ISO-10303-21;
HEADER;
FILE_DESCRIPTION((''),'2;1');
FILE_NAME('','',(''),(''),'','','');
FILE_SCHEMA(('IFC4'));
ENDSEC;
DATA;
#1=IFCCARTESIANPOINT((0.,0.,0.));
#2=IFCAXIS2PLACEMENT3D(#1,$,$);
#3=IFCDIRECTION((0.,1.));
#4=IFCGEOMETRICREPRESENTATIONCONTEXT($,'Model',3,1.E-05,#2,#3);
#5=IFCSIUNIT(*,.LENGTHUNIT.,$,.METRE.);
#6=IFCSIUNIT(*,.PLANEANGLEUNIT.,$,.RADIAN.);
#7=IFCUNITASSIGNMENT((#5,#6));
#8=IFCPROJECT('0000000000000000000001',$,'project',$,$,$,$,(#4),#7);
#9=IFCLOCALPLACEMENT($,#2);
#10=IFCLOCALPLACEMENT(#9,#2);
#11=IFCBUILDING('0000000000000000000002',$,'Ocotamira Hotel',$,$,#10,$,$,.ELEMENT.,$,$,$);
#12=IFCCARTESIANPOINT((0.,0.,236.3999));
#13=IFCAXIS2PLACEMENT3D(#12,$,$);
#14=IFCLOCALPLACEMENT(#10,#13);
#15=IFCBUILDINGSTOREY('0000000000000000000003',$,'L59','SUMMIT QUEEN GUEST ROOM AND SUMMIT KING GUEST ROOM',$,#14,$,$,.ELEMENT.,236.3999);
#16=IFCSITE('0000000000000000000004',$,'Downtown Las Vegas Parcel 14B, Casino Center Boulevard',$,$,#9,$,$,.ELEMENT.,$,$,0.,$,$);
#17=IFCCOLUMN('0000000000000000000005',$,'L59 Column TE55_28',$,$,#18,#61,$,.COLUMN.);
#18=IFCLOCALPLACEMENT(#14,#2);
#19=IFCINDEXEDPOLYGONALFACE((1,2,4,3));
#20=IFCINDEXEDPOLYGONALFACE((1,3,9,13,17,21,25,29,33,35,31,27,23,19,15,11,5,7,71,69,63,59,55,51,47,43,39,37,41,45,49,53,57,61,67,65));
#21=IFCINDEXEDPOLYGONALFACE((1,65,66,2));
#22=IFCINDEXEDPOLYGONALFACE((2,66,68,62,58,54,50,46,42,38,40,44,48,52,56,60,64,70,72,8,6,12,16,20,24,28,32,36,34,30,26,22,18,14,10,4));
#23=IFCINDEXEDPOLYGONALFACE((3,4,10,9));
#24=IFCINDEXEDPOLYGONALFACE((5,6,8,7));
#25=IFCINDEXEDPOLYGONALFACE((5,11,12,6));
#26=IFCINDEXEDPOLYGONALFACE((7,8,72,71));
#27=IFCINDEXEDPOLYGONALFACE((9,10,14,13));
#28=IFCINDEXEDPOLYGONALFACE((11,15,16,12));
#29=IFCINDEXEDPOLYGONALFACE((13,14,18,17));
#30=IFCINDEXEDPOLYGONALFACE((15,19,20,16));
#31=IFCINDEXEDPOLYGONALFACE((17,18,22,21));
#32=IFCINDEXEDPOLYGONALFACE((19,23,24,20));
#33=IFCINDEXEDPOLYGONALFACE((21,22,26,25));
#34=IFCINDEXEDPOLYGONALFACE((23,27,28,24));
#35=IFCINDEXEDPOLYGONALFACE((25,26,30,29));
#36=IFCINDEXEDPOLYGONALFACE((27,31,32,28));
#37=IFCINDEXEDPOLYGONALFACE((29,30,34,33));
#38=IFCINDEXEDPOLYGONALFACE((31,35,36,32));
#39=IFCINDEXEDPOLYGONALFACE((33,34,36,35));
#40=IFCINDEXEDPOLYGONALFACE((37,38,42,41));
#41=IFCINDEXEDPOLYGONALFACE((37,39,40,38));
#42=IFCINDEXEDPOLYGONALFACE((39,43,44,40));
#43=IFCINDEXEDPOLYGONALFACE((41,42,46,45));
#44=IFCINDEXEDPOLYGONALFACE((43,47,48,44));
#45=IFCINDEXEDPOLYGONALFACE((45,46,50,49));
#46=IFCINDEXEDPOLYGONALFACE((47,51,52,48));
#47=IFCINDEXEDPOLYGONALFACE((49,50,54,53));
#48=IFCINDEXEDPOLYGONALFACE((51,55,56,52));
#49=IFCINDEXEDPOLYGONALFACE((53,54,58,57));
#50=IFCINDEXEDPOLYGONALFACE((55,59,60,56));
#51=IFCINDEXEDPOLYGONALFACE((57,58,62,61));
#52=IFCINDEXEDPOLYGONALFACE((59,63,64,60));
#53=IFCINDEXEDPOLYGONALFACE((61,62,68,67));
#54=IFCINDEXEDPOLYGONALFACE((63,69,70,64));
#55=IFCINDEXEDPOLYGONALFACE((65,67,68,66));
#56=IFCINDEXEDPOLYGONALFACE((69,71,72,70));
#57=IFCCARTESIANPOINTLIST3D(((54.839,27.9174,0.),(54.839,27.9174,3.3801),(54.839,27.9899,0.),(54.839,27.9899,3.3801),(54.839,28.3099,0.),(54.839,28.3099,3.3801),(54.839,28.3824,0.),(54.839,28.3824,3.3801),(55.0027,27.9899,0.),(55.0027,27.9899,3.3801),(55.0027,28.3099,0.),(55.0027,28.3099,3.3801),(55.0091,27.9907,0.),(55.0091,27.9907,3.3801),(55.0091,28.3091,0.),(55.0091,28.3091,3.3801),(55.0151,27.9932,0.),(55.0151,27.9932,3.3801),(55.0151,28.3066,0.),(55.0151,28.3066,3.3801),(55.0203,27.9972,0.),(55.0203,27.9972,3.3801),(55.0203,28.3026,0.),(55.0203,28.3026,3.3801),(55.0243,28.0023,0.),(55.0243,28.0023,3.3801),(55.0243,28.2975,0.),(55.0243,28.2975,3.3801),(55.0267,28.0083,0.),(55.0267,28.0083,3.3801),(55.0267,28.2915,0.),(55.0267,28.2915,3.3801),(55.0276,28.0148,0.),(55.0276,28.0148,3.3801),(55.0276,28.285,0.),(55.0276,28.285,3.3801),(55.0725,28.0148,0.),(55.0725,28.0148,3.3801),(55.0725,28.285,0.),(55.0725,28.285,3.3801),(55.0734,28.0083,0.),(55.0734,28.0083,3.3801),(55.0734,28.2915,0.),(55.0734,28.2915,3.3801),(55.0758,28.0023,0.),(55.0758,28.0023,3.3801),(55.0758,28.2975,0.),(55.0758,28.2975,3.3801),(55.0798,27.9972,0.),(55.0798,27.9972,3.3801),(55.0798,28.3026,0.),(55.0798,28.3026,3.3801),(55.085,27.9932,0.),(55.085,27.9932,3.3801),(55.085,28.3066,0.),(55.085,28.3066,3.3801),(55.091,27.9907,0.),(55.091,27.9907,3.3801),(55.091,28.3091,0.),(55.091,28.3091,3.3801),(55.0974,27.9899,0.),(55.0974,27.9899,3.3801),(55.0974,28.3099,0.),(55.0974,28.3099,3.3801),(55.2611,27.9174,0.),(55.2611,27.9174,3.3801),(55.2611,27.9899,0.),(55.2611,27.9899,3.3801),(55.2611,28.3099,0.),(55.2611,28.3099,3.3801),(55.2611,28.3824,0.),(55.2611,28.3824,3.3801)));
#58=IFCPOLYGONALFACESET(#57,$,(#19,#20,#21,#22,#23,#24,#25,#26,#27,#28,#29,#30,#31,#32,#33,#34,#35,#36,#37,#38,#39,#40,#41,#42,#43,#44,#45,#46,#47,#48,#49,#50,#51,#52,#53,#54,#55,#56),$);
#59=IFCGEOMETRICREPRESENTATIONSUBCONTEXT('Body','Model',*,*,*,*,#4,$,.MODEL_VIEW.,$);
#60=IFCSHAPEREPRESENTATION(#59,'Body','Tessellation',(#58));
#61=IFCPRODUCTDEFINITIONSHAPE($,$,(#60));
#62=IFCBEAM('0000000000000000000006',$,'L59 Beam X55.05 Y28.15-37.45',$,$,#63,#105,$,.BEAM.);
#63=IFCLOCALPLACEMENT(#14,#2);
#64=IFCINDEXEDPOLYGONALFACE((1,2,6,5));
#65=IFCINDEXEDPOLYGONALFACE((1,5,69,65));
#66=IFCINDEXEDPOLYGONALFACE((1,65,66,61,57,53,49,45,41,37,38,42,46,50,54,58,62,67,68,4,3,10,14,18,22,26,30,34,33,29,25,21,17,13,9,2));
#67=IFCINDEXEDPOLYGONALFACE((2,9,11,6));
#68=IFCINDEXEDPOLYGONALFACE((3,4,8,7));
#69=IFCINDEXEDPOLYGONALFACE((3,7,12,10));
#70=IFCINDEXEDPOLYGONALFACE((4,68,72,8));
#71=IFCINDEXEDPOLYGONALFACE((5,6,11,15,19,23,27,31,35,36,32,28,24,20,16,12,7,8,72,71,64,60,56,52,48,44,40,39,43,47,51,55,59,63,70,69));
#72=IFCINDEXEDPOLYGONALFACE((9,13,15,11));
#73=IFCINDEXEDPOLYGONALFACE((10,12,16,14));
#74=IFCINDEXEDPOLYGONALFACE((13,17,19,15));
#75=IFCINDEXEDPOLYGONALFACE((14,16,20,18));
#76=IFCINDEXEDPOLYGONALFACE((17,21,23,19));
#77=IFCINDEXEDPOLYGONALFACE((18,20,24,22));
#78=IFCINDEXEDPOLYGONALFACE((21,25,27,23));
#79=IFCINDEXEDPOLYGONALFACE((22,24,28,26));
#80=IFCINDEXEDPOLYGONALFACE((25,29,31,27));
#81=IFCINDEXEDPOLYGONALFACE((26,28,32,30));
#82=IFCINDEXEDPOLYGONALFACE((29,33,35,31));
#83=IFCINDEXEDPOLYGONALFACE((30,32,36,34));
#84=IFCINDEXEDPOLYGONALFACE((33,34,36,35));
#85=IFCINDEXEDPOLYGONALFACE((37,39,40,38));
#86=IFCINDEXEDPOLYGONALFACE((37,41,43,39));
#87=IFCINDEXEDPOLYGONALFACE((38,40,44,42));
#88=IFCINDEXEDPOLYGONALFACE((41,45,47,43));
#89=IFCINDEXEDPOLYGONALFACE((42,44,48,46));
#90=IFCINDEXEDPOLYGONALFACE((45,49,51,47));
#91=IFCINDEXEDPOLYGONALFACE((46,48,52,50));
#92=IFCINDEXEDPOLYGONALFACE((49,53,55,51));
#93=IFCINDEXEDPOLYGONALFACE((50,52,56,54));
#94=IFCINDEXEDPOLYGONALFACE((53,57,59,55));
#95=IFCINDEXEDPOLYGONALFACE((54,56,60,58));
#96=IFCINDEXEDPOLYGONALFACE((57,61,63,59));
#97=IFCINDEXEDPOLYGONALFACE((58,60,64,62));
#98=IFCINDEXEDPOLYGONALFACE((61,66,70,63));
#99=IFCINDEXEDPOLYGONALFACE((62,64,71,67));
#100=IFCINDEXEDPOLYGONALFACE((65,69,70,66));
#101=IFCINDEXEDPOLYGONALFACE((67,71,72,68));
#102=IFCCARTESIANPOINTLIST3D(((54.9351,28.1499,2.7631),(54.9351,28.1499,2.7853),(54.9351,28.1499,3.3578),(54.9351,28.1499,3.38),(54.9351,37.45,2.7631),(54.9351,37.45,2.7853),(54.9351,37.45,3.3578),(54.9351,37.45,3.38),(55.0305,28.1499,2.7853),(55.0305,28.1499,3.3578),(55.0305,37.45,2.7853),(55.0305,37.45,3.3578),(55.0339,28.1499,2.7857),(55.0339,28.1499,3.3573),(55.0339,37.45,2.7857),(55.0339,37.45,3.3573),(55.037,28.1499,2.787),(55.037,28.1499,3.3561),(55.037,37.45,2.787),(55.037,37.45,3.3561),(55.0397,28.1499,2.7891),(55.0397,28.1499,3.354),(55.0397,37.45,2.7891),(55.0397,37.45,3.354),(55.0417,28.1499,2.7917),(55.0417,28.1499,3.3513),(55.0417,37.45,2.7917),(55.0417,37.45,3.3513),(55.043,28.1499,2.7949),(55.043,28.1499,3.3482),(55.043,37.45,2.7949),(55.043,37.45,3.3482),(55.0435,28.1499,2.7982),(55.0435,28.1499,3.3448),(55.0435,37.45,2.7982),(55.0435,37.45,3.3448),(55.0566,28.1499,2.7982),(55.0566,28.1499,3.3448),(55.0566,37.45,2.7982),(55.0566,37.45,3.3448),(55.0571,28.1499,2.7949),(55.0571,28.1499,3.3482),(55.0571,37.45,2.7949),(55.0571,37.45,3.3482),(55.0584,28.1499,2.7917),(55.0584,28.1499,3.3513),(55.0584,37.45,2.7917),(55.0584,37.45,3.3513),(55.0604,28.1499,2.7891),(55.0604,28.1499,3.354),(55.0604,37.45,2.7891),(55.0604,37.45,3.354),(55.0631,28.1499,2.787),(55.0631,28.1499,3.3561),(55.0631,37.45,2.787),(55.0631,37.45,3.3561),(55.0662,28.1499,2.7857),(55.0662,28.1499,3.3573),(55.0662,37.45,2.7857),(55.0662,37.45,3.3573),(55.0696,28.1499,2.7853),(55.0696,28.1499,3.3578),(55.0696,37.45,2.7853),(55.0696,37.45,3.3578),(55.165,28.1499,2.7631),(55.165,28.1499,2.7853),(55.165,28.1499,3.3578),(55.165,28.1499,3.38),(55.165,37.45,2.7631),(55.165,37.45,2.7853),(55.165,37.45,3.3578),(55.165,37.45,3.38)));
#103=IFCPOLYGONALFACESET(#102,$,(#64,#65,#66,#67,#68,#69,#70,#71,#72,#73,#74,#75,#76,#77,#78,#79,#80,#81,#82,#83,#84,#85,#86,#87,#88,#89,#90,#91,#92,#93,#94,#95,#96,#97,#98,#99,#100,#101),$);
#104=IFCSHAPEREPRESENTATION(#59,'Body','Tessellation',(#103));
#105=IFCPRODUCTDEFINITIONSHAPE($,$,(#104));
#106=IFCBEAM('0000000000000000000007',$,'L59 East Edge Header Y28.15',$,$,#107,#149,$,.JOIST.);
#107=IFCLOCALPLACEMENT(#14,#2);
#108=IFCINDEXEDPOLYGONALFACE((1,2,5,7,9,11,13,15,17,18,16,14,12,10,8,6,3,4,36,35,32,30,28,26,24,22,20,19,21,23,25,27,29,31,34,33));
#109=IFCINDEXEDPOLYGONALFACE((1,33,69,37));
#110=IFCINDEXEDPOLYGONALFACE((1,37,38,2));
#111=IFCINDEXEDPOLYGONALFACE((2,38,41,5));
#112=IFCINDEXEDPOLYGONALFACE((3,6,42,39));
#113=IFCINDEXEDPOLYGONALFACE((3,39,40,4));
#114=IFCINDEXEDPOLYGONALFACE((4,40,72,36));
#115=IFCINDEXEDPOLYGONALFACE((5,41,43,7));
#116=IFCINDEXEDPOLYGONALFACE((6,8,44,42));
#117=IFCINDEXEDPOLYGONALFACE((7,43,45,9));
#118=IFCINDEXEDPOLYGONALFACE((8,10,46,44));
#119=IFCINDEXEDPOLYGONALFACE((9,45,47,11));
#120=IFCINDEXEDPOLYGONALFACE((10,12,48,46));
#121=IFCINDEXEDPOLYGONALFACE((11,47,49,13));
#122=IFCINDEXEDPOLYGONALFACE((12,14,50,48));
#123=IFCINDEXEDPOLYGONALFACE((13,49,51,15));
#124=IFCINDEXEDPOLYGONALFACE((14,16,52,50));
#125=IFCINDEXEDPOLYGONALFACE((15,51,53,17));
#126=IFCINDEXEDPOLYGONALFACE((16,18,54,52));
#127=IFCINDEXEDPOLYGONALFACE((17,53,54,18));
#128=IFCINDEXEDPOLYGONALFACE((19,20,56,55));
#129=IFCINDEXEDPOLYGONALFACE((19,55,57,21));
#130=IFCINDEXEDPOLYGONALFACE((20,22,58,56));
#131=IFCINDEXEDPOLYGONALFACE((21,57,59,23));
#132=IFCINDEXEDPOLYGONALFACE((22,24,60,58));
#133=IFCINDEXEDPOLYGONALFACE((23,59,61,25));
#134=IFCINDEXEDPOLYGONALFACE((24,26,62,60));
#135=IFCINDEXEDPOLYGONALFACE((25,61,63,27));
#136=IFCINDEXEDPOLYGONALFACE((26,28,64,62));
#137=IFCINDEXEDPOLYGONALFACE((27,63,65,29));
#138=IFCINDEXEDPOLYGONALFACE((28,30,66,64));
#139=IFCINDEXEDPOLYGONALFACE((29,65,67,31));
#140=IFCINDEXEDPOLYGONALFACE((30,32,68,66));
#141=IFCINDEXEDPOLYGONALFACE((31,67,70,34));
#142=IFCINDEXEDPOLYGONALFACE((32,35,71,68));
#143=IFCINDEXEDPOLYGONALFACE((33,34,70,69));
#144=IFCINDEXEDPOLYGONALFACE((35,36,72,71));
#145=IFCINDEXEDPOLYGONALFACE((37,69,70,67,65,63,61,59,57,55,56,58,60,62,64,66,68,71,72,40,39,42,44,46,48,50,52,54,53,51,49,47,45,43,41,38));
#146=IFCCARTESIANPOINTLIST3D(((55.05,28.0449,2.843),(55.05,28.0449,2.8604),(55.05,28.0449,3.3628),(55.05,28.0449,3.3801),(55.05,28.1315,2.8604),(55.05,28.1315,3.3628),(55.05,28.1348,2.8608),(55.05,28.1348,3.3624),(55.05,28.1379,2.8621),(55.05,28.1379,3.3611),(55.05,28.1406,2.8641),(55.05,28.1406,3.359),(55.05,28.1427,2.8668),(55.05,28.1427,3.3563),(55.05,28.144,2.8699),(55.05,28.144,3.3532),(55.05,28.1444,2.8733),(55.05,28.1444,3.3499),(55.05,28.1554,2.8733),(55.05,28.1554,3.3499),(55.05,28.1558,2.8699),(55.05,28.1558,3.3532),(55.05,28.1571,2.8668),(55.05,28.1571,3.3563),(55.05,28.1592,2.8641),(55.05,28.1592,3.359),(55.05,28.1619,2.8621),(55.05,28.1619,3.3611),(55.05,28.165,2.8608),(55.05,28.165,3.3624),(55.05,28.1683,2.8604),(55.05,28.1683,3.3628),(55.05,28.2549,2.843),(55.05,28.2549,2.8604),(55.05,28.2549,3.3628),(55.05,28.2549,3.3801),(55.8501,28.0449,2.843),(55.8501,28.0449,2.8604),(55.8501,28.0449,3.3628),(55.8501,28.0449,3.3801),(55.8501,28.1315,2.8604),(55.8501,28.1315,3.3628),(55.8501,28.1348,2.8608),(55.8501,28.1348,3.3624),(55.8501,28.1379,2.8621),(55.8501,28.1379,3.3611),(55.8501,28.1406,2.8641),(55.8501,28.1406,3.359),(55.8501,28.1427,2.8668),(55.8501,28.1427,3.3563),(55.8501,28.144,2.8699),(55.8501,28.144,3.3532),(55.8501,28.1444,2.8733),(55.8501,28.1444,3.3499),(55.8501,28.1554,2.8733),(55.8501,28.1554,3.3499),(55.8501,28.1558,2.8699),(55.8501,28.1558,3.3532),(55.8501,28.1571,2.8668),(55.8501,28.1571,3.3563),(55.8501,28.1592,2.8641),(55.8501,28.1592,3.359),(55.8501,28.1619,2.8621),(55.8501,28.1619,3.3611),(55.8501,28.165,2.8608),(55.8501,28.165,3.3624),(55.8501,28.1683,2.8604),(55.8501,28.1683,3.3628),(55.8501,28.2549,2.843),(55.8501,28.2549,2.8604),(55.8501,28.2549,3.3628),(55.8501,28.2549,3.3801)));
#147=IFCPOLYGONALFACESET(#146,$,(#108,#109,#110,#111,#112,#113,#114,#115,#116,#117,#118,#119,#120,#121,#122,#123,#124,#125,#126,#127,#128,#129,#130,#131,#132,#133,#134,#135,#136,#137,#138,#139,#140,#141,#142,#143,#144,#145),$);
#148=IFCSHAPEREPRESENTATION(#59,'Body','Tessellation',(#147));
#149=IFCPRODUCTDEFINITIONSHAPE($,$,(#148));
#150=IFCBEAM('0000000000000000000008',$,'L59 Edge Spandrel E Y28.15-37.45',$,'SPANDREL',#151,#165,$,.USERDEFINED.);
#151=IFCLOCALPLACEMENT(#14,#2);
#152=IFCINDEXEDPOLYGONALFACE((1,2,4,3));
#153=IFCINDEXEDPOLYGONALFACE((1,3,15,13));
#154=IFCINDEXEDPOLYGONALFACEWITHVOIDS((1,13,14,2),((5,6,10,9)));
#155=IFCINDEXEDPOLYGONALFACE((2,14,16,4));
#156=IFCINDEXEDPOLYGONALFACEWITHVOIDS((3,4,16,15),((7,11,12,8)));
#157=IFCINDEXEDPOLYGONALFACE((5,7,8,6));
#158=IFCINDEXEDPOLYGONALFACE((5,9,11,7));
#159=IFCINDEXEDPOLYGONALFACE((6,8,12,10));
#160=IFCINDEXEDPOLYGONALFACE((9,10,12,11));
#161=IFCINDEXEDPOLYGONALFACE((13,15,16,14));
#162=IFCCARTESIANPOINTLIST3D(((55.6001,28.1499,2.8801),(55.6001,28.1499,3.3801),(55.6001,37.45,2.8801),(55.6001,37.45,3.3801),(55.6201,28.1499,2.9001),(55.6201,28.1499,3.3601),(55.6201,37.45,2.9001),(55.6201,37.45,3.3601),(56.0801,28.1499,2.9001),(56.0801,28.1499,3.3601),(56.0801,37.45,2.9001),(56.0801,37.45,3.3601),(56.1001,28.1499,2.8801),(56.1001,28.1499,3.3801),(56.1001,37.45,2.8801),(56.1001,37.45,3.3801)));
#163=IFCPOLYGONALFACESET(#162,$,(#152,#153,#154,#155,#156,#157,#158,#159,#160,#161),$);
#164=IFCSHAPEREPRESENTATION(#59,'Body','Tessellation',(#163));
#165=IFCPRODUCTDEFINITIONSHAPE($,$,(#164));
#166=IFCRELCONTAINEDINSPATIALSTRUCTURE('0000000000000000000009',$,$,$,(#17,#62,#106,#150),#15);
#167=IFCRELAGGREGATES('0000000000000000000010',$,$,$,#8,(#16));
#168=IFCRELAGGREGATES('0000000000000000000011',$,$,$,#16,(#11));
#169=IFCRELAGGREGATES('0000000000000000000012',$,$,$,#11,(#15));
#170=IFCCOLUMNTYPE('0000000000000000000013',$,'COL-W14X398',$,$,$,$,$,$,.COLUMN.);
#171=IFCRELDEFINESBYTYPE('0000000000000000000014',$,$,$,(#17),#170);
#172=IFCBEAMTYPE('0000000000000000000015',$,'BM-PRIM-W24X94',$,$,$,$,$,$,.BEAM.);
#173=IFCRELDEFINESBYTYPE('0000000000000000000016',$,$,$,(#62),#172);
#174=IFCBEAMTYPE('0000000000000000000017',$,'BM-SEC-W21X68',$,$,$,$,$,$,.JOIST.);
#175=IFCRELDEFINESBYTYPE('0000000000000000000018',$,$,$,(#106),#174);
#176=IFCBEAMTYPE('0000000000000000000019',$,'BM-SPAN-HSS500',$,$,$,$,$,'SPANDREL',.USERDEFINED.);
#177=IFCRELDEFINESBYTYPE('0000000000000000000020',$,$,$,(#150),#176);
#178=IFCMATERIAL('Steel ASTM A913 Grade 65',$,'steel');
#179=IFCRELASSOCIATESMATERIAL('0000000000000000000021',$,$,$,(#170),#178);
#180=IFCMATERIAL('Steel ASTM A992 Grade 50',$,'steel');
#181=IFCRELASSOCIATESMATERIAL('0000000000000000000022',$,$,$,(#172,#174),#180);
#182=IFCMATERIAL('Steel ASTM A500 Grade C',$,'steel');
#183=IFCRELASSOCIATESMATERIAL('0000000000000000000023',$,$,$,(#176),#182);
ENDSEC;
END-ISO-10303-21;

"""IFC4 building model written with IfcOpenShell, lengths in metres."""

from ifc_helpers import new_model, si_unit, direction, frame, origin, origin_2d, place, context, subcontext, project, spatial, hollow_rectangle, i_section, extrude, source, transform, mapped, material, material_profile, profile_set, type_object, element, save


model = new_model("IFC4")

# Units and contexts
model_context = context("Model", 3, precision=1e-05, world=origin(), true_north=direction((0.0, 1.0)))
body_context = subcontext(model_context, "Body", "Model", "MODEL_VIEW")
ifc_project = project(units=[si_unit("LENGTHUNIT", "METRE"), si_unit("PLANEANGLEUNIT", "RADIAN")], contexts=[model_context])

# Site, building, storey
site_placement = place(None, origin())
site = spatial("IfcSite", under=ifc_project, at=site_placement, Name="Downtown Las Vegas Parcel 14B, Casino Center Boulevard", CompositionType="ELEMENT", RefElevation=0.0)
building_placement = place(site_placement, origin())
building = spatial("IfcBuilding", under=site, at=building_placement, Name="Ocotamira Hotel", CompositionType="ELEMENT")
storey_placement = place(building_placement, frame((0.0, 0.0, 236.3999)))
storey = spatial("IfcBuildingStorey", under=building, at=storey_placement, Name="L59", Description="SUMMIT QUEEN GUEST ROOM AND SUMMIT KING GUEST ROOM", CompositionType="ELEMENT", Elevation=236.3999)

# Column
ifc_material_1 = material(Name="Steel ASTM A913 Grade 65", Category="steel")
ifc_material_profile_1 = material_profile(ifc_material_1, i_section(OverallWidth=0.4221, OverallDepth=0.4651, WebThickness=0.0449, FlangeThickness=0.0725, FilletRadius=0.0249, at=origin_2d()), Name="W14X398")
ifc_profile_set_1 = profile_set([ifc_material_profile_1], Name="Steel ASTM A913 Grade 65")
column_type = type_object("IfcColumnType", Name="COL-W14X398", PredefinedType="COLUMN", material=ifc_profile_set_1)
shared_shape_1 = source(origin(), body_context, "Body", "SweptSolid", [
    extrude(i_section(OverallWidth=0.4221, OverallDepth=0.4651, WebThickness=0.0449, FlangeThickness=0.0725, FilletRadius=0.0249, at=origin_2d()), origin(), (0.0, 0.0, 1.0), 3.3801),
])
column_placement = place(storey_placement, frame((55.05, 28.1499, 0.0), z_axis=(0.0, 0.0, 1.0), x_axis=(1.0, 0.0, 0.0)))
element("IfcColumn", 1, at=column_placement, inside=storey, type_object=column_type, Name="L59 Column TE55_28", PredefinedType="COLUMN", context=body_context, shape_type="MappedRepresentation", body=[
    mapped(shared_shape_1, transform((0.0, 0.0, 0.0), scale=1.0)),
])

# Beams
ifc_material_2 = material(Name="Steel ASTM A992 Grade 50", Category="steel")
ifc_material_profile_2 = material_profile(ifc_material_2, i_section(OverallWidth=0.23, OverallDepth=0.6169, WebThickness=0.0132, FlangeThickness=0.0222, FilletRadius=0.0129, at=origin_2d()), Name="W24X94")
ifc_profile_set_2 = profile_set([ifc_material_profile_2], Name="Steel ASTM A992 Grade 50")
beam_type_1 = type_object("IfcBeamType", Name="BM-PRIM-W24X94", PredefinedType="BEAM", material=ifc_profile_set_2)
shared_shape_2 = source(origin(), body_context, "Body", "SweptSolid", [
    extrude(i_section(OverallWidth=0.23, OverallDepth=0.6169, WebThickness=0.0132, FlangeThickness=0.0222, FilletRadius=0.0129, at=origin_2d()), origin(), (0.0, 0.0, 1.0), 9.3),
])
beam_1_placement = place(storey_placement, frame((55.05, 28.1499, 3.0715), z_axis=(0.0, 1.0, 0.0), x_axis=(-1.0, 0.0, 0.0)))
element("IfcBeam", 2, at=beam_1_placement, inside=storey, type_object=beam_type_1, Name="L59 Beam X55.05 Y28.15-37.45", PredefinedType="BEAM", context=body_context, shape_type="MappedRepresentation", body=[
    mapped(shared_shape_2, transform((0.0, 0.0, 0.0), scale=1.0)),
])
ifc_material_profile_3 = material_profile(ifc_material_2, i_section(OverallWidth=0.21, OverallDepth=0.5371, WebThickness=0.011, FlangeThickness=0.0173, FilletRadius=0.0129, at=origin_2d()), Name="W21X68")
ifc_profile_set_3 = profile_set([ifc_material_profile_3], Name="Steel ASTM A992 Grade 50")
beam_type_2 = type_object("IfcBeamType", Name="BM-SEC-W21X68", PredefinedType="JOIST", material=ifc_profile_set_3)
shared_shape_3 = source(origin(), body_context, "Body", "SweptSolid", [
    extrude(i_section(OverallWidth=0.21, OverallDepth=0.5371, WebThickness=0.011, FlangeThickness=0.0173, FilletRadius=0.0129, at=origin_2d()), origin(), (0.0, 0.0, 1.0), 0.8),
])
beam_2_placement = place(storey_placement, frame((55.05, 28.1499, 3.1116), z_axis=(1.0, 0.0, 0.0), x_axis=(0.0, 1.0, 0.0)))
element("IfcBeam", 3, at=beam_2_placement, inside=storey, type_object=beam_type_2, Name="L59 East Edge Header Y28.15", PredefinedType="JOIST", context=body_context, shape_type="MappedRepresentation", body=[
    mapped(shared_shape_3, transform((0.0, 0.0, 0.0), scale=1.0)),
])
ifc_material_3 = material(Name="Steel ASTM A500 Grade C", Category="steel")
ifc_material_profile_4 = material_profile(ifc_material_3, hollow_rectangle(XDim=0.5, YDim=0.5, WallThickness=0.02, at=origin_2d()), Name="HSS500X500X20")
ifc_profile_set_4 = profile_set([ifc_material_profile_4], Name="Steel ASTM A500 Grade C")
beam_type_3 = type_object("IfcBeamType", Name="BM-SPAN-HSS500", ElementType="SPANDREL", PredefinedType="USERDEFINED", material=ifc_profile_set_4)
shared_shape_4 = source(origin(), body_context, "Body", "SweptSolid", [
    extrude(hollow_rectangle(XDim=0.5, YDim=0.5, WallThickness=0.02, at=origin_2d()), origin(), (0.0, 0.0, 1.0), 9.3),
])
beam_3_placement = place(storey_placement, frame((55.8501, 28.1499, 3.1301), z_axis=(0.0, 1.0, 0.0), x_axis=(-1.0, 0.0, 0.0)))
element("IfcBeam", 4, at=beam_3_placement, inside=storey, type_object=beam_type_3, Name="L59 Edge Spandrel E Y28.15-37.45", ObjectType="SPANDREL", PredefinedType="USERDEFINED", context=body_context, shape_type="MappedRepresentation", body=[
    mapped(shared_shape_4, transform((0.0, 0.0, 0.0), scale=1.0)),
])

save(model, "model.ifc")
